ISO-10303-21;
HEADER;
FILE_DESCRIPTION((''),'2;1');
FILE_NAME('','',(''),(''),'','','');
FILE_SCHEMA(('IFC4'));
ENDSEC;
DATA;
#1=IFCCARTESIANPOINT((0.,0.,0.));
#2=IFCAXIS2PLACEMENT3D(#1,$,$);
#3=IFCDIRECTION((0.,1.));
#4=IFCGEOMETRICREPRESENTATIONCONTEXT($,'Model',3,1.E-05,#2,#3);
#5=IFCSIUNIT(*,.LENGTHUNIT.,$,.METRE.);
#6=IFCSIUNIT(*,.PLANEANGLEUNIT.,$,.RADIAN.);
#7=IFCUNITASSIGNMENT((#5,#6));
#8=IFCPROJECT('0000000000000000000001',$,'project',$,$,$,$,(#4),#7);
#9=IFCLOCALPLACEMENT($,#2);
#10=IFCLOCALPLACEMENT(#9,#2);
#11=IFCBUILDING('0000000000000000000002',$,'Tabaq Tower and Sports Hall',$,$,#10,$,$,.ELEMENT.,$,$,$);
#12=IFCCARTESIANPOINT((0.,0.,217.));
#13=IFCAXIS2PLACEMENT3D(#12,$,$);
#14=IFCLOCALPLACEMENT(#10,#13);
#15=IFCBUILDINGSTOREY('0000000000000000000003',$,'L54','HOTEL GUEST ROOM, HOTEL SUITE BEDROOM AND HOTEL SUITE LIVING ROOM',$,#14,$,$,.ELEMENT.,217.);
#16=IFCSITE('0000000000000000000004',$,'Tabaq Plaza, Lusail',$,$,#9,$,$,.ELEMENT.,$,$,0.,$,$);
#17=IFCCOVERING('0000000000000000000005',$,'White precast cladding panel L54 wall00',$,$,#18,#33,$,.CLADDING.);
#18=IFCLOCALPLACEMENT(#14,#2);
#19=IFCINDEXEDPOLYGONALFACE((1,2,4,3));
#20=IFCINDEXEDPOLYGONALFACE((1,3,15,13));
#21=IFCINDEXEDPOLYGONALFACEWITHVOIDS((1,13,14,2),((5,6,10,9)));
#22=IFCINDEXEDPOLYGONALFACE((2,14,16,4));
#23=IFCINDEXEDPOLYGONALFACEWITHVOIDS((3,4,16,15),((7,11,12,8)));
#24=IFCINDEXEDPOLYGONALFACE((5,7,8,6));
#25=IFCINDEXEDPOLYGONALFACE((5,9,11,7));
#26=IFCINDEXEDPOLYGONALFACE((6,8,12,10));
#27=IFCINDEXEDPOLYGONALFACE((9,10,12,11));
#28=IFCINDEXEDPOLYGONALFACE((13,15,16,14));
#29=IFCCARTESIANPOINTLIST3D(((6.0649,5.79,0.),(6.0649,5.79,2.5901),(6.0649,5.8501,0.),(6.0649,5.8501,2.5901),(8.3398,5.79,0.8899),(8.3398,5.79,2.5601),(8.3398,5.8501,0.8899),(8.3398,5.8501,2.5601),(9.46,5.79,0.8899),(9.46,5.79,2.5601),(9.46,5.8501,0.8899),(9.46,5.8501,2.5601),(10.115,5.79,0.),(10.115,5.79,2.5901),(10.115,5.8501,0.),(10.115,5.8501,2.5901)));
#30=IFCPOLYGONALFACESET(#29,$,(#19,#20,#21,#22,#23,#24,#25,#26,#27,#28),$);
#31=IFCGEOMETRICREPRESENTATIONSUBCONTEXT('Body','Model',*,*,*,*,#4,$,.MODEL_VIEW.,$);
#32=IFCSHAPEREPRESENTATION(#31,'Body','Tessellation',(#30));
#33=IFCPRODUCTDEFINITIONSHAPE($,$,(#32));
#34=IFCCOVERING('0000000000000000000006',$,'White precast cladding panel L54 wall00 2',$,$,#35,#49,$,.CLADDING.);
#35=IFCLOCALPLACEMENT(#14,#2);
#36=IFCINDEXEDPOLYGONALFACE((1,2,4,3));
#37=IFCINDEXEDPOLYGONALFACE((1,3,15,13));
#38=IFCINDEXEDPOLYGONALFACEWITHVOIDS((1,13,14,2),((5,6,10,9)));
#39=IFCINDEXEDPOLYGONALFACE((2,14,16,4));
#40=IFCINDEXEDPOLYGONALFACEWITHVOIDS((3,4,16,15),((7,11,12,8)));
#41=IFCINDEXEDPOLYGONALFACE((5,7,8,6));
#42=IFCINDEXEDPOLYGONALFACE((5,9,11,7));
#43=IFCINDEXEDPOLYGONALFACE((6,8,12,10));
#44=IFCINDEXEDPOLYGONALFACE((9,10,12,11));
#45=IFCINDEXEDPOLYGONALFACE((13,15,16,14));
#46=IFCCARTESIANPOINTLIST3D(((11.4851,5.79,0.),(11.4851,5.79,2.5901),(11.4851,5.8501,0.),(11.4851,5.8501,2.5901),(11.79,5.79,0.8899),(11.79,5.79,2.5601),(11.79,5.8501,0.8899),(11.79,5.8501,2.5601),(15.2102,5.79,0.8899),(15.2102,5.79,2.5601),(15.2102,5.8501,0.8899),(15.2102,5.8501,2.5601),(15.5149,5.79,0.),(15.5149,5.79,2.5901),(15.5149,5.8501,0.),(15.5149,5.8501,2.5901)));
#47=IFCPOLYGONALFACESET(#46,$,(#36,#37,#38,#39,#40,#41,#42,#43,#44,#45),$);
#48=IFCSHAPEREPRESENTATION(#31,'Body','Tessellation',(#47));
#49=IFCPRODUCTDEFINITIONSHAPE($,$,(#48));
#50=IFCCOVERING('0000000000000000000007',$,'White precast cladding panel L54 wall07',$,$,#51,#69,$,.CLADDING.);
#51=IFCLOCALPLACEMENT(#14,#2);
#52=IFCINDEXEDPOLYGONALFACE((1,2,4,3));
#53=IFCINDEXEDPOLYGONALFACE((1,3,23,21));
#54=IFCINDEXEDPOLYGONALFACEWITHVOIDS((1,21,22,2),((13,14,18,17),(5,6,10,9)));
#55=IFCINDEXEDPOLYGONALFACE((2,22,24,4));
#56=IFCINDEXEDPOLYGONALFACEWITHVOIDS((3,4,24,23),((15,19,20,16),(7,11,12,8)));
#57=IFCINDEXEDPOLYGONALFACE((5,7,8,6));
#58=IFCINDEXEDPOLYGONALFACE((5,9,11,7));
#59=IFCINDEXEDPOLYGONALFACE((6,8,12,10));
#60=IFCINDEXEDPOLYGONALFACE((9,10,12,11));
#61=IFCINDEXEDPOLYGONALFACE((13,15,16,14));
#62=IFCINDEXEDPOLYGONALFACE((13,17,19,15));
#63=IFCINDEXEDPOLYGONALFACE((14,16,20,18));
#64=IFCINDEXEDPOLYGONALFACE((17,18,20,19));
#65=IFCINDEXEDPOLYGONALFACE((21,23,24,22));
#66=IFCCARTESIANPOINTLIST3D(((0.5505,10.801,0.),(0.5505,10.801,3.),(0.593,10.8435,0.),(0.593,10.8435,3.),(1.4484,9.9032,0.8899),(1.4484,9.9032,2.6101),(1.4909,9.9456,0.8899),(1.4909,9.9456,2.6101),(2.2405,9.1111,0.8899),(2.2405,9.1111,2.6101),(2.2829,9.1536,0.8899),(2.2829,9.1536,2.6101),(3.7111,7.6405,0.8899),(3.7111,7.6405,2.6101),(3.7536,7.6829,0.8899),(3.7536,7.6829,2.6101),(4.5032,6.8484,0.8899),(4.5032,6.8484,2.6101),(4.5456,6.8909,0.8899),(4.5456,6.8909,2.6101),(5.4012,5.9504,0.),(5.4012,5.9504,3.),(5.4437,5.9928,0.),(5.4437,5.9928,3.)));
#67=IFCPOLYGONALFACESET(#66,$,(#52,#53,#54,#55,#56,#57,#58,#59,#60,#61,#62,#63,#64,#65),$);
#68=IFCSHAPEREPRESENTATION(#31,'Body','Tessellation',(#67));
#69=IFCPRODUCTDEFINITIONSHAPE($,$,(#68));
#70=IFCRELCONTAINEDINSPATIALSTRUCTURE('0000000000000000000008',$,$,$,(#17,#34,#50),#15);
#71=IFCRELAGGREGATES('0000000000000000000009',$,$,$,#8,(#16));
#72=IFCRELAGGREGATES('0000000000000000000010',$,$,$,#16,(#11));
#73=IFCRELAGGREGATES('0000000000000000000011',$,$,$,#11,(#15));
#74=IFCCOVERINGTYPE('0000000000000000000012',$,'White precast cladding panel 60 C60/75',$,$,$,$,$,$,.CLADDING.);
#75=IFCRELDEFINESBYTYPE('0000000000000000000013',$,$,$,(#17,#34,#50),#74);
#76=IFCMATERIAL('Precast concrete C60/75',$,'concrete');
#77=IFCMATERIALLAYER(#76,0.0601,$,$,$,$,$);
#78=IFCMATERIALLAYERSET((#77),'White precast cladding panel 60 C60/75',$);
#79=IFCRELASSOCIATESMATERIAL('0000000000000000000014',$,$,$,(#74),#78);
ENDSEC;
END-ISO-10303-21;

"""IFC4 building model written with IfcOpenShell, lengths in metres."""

from ifc_helpers import new_model, si_unit, direction, frame, origin, place, context, subcontext, project, spatial, polyline, outline, extrude, material, layer, layer_set, type_object, element, save


model = new_model("IFC4")

# Units and contexts
model_context = context("Model", 3, precision=1e-05, world=origin(), true_north=direction((0.0, 1.0)))
body_context = subcontext(model_context, "Body", "Model", "MODEL_VIEW")
ifc_project = project(units=[si_unit("LENGTHUNIT", "METRE"), si_unit("PLANEANGLEUNIT", "RADIAN")], contexts=[model_context])

# Site, building, storey
site_placement = place(None, origin())
site = spatial("IfcSite", under=ifc_project, at=site_placement, Name="Tabaq Plaza, Lusail", CompositionType="ELEMENT", RefElevation=0.0)
building_placement = place(site_placement, origin())
building = spatial("IfcBuilding", under=site, at=building_placement, Name="Tabaq Tower and Sports Hall", CompositionType="ELEMENT")
storey_placement = place(building_placement, frame((0.0, 0.0, 217.0)))
storey = spatial("IfcBuildingStorey", under=building, at=storey_placement, Name="L54", Description="HOTEL GUEST ROOM, HOTEL SUITE BEDROOM AND HOTEL SUITE LIVING ROOM", CompositionType="ELEMENT", Elevation=217.0)

# Coverings
ifc_material_1 = material(Name="Precast concrete C60/75", Category="concrete")
ifc_layer_1 = layer(ifc_material_1, 0.0601)
ifc_layer_set_1 = layer_set([ifc_layer_1], Name="White precast cladding panel 60 C60/75")
covering_type_1 = type_object("IfcCoveringType", Name="White precast cladding panel 60 C60/75", PredefinedType="CLADDING", material=ifc_layer_set_1)
covering_1_placement = place(storey_placement, frame((6.0649, 5.8201, 0.0), z_axis=(0.0, 0.0, 1.0), x_axis=(1.0, 0.0, 0.0)))
element("IfcCovering", 1, at=covering_1_placement, inside=storey, type_object=covering_type_1, Name="White precast cladding panel L54 wall00", PredefinedType="CLADDING", context=body_context, shape_type="SweptSolid", body=[
    extrude(outline(polyline([(0.0, 0.0), (4.05, 0.0), (4.05, 2.5901), (0.0, 2.5901), (0.0, 0.0)]), holes=[polyline([(3.395, 0.8899), (2.2749, 0.8899), (2.2749, 2.5601), (3.395, 2.5601), (3.395, 0.8899)])]), frame((0.0, 0.03, 0.0), z_axis=(0.0, -1.0, 0.0), x_axis=(1.0, 0.0, 0.0)), (0.0, 0.0, 1.0), 0.0601),
])
covering_2_placement = place(storey_placement, frame((11.4851, 5.8201, 0.0), z_axis=(0.0, 0.0, 1.0), x_axis=(1.0, 0.0, 0.0)))
element("IfcCovering", 2, at=covering_2_placement, inside=storey, type_object=covering_type_1, Name="White precast cladding panel L54 wall00 2", PredefinedType="CLADDING", context=body_context, shape_type="SweptSolid", body=[
    extrude(outline(polyline([(0.0, 0.0), (4.0298, 0.0), (4.0298, 2.5901), (0.0, 2.5901), (0.0, 0.0)]), holes=[polyline([(3.7251, 0.8899), (0.3049, 0.8899), (0.3049, 2.5601), (3.7251, 2.5601), (3.7251, 0.8899)])]), frame((0.0, 0.03, 0.0), z_axis=(0.0, -1.0, 0.0), x_axis=(1.0, 0.0, 0.0)), (0.0, 0.0, 1.0), 0.0601),
])
covering_3_placement = place(storey_placement, frame((0.5718, 10.8223, 0.0), z_axis=(0.0, 0.0, 1.0), x_axis=(0.707107, -0.707107, 0.0)))
element("IfcCovering", 3, at=covering_3_placement, inside=storey, type_object=covering_type_1, Name="White precast cladding panel L54 wall07", PredefinedType="CLADDING", context=body_context, shape_type="SweptSolid", body=[
    extrude(outline(polyline([(0.0, 0.0), (6.8599, 0.0), (6.8599, 3.0), (0.0, 3.0), (0.0, 0.0)]), holes=[polyline([(1.2698, 2.6101), (2.3899, 2.6101), (2.3899, 0.8899), (1.2698, 0.8899), (1.2698, 2.6101)]), polyline([(4.4697, 2.6101), (5.5898, 2.6101), (5.5898, 0.8899), (4.4697, 0.8899), (4.4697, 2.6101)])]), frame((0.0, 0.03, 0.0), z_axis=(0.0, -1.0, 0.0), x_axis=(1.0, 0.0, 0.0)), (0.0, 0.0, 1.0), 0.0601),
])

save(model, "model.ifc")
